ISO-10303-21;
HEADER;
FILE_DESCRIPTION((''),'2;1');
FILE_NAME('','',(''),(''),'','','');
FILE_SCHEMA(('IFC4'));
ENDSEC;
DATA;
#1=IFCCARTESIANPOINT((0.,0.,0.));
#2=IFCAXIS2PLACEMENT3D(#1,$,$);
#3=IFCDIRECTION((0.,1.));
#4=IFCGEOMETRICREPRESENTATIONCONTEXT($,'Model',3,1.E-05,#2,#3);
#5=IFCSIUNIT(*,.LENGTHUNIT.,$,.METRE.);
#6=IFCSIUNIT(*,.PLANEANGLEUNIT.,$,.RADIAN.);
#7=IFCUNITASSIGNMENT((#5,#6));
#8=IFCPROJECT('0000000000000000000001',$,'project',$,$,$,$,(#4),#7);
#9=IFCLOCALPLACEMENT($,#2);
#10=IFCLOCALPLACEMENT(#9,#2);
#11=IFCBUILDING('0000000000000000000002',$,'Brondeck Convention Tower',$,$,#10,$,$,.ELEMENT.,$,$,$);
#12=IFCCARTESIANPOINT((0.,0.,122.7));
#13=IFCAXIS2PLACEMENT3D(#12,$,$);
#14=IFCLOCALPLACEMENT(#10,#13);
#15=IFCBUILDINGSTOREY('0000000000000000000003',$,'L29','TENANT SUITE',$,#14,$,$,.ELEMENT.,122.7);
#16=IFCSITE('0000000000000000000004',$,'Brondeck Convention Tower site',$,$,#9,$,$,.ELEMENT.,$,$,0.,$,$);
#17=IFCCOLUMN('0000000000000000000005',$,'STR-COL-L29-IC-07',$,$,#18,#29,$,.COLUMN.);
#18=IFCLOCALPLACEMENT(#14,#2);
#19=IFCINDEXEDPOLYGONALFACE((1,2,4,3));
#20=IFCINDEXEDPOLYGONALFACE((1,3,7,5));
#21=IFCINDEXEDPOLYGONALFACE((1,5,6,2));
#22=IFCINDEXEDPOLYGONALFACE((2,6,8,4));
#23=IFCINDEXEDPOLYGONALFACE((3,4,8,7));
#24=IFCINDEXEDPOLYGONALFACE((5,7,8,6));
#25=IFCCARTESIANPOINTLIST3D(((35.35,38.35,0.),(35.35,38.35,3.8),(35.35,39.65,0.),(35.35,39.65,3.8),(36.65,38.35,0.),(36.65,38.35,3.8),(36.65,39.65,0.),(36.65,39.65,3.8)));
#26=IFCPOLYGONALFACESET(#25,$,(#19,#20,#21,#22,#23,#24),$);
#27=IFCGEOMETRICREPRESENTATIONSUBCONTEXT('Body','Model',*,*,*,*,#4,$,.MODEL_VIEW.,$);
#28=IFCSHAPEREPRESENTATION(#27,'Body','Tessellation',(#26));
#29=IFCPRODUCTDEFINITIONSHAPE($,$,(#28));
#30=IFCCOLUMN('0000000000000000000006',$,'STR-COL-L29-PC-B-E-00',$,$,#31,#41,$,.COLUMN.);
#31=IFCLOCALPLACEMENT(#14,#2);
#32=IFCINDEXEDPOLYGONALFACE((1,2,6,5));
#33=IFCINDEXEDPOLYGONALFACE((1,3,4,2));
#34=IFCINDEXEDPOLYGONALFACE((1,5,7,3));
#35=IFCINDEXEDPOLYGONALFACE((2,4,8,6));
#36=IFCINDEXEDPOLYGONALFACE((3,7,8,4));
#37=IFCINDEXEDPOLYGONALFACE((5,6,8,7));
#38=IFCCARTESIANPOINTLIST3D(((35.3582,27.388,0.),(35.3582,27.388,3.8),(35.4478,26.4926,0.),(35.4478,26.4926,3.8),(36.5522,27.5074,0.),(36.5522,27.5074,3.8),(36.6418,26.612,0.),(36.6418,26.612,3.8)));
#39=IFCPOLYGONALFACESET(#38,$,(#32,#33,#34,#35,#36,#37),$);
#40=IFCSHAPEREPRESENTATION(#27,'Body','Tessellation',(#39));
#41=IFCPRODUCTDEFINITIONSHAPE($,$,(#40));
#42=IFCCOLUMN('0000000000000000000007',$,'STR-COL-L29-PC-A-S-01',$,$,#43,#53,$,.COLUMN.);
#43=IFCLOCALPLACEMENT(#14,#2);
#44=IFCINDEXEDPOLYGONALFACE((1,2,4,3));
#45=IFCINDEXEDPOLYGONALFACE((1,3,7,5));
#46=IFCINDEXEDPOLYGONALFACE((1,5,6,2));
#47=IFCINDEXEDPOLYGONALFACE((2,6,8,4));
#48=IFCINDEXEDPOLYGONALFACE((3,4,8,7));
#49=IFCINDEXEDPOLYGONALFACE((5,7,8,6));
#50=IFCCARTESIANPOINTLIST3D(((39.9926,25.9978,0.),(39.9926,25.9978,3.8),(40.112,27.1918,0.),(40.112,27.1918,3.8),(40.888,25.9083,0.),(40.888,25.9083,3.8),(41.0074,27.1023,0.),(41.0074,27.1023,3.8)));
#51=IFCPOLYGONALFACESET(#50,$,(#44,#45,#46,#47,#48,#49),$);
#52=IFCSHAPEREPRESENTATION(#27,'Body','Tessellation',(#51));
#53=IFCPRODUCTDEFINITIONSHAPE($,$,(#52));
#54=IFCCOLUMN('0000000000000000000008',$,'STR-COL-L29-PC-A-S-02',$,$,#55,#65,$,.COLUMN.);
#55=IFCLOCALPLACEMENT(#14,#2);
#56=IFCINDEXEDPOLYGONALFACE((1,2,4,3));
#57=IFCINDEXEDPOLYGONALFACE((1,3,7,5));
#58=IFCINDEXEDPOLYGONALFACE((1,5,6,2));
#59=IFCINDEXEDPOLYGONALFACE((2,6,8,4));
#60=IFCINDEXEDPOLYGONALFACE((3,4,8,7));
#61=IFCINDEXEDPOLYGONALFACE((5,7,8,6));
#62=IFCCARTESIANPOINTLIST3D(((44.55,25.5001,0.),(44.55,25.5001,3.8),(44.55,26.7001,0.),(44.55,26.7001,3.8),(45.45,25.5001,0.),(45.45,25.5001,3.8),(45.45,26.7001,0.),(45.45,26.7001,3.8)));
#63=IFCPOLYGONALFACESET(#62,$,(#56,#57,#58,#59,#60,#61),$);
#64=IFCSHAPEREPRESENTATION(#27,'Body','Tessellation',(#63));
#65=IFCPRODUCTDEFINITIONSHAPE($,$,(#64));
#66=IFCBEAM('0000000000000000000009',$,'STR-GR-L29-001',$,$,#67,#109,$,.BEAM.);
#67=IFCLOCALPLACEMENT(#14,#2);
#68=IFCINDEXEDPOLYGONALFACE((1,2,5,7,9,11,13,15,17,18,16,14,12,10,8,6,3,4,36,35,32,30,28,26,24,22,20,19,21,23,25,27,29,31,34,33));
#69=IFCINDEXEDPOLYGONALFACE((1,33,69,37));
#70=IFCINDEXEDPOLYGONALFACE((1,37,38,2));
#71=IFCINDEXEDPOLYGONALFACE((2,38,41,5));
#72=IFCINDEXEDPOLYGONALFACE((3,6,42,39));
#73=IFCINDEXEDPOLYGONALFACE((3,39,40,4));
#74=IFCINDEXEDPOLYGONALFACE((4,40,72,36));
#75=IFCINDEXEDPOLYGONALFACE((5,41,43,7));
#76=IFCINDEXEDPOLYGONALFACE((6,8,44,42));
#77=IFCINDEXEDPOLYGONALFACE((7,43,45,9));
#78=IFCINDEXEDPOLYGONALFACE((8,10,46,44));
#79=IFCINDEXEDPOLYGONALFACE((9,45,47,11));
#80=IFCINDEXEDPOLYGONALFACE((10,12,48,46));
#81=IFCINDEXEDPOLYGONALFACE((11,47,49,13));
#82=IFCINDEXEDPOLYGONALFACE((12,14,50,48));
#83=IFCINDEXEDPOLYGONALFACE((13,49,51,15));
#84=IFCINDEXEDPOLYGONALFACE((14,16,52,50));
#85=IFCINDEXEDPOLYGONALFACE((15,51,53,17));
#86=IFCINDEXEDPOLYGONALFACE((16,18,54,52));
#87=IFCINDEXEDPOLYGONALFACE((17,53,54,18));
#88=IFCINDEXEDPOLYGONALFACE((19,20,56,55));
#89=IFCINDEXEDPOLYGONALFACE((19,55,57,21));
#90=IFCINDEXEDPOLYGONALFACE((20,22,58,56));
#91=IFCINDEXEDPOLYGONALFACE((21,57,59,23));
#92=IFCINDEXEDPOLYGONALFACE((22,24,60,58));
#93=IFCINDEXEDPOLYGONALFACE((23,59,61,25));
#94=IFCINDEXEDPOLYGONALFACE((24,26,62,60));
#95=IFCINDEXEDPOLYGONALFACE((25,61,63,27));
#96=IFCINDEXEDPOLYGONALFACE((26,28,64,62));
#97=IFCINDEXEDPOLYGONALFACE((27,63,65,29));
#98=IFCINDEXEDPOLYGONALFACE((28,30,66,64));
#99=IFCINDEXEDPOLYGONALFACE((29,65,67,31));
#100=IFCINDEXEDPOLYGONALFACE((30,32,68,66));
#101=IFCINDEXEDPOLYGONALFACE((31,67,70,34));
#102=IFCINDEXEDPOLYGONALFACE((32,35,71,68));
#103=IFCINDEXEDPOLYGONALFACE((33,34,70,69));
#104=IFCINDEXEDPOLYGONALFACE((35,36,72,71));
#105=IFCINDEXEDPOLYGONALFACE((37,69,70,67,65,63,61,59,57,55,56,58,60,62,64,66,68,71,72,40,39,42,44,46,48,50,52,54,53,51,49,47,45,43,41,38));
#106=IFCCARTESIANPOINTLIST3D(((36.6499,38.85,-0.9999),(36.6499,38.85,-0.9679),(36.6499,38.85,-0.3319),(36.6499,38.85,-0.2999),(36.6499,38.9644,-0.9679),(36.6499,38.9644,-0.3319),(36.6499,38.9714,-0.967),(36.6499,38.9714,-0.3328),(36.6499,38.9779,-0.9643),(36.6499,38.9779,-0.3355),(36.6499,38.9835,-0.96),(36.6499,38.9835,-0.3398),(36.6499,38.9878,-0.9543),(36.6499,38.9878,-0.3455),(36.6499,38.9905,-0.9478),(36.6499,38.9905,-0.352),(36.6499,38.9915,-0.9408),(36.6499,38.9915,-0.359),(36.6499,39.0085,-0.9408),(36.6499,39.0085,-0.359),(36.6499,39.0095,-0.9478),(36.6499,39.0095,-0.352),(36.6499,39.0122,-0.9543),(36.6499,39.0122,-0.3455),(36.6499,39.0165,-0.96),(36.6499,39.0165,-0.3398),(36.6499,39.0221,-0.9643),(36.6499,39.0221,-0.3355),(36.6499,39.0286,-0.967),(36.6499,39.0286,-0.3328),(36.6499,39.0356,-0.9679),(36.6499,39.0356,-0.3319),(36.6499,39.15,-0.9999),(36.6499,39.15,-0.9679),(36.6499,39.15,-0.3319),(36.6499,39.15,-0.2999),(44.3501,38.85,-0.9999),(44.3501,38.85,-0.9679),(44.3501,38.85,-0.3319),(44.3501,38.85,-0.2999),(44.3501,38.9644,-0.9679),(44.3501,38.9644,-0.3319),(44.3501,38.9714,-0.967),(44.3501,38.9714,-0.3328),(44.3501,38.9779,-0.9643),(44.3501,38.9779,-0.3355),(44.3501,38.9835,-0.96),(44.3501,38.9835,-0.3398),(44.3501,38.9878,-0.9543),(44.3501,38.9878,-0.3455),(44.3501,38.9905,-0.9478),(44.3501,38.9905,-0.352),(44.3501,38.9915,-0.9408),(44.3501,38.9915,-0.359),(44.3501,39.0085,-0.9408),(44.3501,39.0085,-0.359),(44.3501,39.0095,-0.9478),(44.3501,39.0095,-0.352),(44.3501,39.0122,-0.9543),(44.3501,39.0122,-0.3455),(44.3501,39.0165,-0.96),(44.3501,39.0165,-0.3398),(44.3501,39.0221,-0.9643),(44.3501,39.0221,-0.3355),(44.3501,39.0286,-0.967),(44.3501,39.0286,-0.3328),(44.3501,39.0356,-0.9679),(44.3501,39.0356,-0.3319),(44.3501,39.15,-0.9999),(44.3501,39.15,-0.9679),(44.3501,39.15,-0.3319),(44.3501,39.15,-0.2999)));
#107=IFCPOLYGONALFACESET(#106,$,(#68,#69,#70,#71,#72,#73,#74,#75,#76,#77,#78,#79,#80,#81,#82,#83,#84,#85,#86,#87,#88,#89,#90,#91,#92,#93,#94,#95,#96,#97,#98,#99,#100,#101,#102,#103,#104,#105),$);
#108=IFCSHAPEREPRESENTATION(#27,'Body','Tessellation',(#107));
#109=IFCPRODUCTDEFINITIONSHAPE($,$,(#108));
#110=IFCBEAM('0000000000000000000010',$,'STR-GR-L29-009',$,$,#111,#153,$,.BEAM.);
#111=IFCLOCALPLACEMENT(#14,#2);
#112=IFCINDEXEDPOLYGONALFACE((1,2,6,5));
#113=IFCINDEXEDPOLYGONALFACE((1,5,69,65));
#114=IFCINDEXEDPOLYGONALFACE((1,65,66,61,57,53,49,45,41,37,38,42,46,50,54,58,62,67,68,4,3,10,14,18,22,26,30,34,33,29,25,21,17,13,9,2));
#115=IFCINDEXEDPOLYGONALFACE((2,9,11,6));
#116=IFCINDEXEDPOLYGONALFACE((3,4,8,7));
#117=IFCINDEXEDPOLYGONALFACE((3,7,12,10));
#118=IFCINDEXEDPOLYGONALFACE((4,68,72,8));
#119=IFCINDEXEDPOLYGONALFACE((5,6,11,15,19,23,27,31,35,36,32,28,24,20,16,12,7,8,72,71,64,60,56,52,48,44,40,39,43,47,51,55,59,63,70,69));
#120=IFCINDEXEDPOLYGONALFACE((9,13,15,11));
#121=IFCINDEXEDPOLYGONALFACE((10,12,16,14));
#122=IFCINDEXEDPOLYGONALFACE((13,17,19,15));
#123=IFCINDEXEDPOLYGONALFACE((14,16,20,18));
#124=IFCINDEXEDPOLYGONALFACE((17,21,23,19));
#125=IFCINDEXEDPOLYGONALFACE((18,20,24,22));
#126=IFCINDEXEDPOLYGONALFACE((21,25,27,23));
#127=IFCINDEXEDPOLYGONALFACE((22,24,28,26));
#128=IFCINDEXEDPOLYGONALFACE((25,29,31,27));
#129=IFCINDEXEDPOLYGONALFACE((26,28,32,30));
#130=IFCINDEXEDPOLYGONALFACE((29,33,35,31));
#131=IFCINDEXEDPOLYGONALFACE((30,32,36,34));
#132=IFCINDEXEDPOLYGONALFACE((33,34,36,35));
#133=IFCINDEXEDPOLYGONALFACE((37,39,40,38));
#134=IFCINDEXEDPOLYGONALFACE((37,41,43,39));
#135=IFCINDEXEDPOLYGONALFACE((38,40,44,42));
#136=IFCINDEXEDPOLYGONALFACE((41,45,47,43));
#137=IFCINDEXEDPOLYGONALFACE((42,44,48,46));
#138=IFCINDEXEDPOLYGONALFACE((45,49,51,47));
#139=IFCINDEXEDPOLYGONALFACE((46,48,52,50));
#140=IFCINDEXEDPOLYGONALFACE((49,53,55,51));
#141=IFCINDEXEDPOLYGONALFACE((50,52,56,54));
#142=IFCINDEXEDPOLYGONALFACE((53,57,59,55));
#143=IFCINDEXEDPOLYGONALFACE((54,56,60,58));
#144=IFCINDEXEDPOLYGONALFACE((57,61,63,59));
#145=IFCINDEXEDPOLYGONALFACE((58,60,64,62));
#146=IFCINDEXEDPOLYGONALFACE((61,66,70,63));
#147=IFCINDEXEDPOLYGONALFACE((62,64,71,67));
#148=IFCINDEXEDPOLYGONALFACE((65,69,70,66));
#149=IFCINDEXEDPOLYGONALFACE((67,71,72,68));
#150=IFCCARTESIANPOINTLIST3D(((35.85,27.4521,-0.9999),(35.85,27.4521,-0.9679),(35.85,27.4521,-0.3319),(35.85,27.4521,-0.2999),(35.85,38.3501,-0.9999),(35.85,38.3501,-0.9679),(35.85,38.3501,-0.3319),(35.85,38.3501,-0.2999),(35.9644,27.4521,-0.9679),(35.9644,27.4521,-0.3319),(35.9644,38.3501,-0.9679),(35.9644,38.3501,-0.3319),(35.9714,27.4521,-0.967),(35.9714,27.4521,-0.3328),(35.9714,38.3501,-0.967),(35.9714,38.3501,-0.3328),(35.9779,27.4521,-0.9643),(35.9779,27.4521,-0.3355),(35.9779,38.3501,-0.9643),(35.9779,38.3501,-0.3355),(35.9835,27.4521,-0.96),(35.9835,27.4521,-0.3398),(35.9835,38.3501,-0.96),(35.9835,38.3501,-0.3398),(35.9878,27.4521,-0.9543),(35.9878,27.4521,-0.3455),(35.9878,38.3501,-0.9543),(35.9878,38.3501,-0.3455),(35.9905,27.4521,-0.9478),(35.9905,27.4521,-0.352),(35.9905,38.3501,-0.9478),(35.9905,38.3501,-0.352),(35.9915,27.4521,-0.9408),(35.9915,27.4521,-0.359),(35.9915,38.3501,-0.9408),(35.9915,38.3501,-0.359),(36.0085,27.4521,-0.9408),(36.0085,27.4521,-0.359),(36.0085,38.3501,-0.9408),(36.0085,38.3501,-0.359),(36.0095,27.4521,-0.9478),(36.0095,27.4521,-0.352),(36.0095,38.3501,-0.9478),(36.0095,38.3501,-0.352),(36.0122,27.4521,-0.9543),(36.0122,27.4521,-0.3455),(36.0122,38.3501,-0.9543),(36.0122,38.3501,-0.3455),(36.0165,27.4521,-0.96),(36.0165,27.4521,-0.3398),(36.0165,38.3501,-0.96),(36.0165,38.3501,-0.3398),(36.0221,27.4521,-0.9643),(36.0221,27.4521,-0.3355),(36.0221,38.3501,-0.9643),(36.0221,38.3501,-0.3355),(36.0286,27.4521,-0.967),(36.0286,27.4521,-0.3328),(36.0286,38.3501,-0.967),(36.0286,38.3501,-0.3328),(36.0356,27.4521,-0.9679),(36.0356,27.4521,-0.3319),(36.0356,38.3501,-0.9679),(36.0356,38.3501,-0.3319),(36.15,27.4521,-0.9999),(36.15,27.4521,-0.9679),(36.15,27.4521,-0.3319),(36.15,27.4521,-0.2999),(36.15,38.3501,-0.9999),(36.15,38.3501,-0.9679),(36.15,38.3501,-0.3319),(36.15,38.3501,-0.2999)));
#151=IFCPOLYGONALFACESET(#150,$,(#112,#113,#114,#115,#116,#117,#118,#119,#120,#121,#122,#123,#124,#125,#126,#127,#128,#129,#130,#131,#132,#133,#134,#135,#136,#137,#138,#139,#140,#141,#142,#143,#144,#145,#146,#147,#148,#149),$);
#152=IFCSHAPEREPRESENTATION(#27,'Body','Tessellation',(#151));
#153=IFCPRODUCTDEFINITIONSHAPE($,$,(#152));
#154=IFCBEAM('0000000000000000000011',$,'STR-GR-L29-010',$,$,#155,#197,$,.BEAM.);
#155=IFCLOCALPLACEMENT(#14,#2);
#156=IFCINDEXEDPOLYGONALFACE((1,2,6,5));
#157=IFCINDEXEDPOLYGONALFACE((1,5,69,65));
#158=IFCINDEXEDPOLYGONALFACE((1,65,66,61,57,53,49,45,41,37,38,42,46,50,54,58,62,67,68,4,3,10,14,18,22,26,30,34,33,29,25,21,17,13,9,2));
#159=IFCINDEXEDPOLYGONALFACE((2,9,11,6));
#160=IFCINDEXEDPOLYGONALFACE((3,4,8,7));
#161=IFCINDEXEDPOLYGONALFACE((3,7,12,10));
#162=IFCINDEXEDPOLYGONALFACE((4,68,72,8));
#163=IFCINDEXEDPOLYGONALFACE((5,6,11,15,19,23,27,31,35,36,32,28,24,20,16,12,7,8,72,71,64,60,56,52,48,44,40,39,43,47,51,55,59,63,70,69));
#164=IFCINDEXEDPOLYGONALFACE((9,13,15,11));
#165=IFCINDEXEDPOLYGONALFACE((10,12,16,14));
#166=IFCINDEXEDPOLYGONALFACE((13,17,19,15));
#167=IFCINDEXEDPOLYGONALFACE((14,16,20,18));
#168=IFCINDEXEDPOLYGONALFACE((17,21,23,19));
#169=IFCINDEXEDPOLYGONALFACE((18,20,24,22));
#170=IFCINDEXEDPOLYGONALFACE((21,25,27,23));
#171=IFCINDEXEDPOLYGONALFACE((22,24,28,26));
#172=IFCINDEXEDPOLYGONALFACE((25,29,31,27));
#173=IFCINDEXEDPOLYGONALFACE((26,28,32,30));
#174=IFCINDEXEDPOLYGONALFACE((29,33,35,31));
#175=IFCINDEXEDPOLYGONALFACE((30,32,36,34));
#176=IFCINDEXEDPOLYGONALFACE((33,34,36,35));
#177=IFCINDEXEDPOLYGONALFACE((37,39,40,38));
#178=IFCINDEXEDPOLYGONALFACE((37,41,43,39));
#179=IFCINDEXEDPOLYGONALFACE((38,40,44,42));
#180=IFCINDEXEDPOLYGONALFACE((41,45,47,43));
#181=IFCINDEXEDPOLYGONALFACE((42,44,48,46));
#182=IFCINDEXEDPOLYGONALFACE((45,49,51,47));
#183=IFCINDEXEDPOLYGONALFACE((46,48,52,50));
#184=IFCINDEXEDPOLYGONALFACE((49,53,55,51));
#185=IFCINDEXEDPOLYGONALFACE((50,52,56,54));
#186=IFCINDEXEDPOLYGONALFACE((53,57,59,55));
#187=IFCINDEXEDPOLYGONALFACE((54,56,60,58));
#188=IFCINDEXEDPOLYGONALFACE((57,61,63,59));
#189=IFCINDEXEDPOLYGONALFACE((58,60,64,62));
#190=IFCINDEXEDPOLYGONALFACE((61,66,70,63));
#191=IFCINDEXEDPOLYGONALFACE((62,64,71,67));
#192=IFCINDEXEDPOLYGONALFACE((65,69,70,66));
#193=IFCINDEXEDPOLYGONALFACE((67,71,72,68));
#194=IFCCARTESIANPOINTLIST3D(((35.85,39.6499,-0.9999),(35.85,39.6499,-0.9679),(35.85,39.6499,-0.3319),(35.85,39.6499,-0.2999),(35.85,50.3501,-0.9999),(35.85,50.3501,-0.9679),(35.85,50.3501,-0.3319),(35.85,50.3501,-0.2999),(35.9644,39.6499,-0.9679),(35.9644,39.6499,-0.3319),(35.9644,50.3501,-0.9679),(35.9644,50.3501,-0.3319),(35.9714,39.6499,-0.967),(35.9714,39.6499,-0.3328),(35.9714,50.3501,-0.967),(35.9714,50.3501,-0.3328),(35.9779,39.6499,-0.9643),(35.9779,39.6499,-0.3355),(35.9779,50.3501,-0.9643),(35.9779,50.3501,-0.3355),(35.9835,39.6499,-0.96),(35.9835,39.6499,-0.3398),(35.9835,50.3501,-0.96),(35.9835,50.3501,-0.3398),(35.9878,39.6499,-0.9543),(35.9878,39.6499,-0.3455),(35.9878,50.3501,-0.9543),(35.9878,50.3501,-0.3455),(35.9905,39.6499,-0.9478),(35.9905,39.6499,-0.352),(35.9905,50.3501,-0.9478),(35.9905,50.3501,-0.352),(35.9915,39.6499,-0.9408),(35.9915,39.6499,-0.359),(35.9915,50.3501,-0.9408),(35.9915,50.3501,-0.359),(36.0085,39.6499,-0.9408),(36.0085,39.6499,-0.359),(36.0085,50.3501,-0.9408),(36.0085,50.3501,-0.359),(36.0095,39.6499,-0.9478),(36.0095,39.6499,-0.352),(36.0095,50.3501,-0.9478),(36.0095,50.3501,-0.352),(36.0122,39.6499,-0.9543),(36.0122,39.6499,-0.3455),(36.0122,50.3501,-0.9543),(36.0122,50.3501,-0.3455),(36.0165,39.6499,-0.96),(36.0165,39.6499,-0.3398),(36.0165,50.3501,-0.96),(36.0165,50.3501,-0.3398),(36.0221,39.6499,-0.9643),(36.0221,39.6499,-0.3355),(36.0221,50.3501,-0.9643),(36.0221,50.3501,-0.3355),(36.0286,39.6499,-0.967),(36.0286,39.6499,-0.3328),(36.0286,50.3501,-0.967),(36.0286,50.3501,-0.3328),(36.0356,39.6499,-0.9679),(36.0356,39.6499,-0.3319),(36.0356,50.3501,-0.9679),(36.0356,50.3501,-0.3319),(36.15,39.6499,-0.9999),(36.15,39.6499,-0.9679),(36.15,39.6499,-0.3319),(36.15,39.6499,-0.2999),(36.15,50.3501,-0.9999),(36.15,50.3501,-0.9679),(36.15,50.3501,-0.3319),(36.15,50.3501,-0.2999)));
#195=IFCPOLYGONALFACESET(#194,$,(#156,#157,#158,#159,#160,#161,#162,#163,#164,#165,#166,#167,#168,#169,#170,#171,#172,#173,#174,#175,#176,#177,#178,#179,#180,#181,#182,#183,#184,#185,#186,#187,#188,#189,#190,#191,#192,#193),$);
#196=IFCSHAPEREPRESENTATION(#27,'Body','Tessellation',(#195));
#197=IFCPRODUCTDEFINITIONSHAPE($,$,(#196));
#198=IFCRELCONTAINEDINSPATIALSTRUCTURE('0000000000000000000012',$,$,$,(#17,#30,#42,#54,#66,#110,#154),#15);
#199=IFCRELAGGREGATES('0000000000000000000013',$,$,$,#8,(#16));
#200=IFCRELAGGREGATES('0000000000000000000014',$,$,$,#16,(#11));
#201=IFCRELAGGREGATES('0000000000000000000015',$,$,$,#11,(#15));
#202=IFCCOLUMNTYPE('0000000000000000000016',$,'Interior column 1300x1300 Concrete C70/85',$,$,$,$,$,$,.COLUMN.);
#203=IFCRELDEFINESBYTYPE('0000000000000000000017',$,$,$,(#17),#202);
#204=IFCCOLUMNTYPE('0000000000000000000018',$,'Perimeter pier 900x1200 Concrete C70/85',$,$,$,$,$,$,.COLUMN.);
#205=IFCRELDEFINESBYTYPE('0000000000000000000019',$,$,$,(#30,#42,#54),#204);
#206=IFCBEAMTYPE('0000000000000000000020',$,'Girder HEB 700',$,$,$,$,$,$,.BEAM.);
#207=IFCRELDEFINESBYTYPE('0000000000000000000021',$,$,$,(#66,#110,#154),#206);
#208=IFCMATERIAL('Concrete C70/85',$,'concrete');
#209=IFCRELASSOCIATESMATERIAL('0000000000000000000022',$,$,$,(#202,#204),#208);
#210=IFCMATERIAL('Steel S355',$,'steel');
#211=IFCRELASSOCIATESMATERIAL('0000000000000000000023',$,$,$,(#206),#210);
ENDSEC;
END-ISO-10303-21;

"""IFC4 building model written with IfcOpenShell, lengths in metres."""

from ifc_helpers import new_model, si_unit, direction, frame, origin, origin_2d, place, context, subcontext, project, spatial, rectangle, i_section, extrude, material, material_profile, profile_set, type_object, element, save


model = new_model("IFC4")

# Units and contexts
model_context = context("Model", 3, precision=1e-05, world=origin(), true_north=direction((0.0, 1.0)))
body_context = subcontext(model_context, "Body", "Model", "MODEL_VIEW")
ifc_project = project(units=[si_unit("LENGTHUNIT", "METRE"), si_unit("PLANEANGLEUNIT", "RADIAN")], contexts=[model_context])

# Site, building, storey
site_placement = place(None, origin())
site = spatial("IfcSite", under=ifc_project, at=site_placement, Name="Brondeck Convention Tower site", CompositionType="ELEMENT", RefElevation=0.0)
building_placement = place(site_placement, origin())
building = spatial("IfcBuilding", under=site, at=building_placement, Name="Brondeck Convention Tower", CompositionType="ELEMENT")
storey_placement = place(building_placement, frame((0.0, 0.0, 122.7)))
storey = spatial("IfcBuildingStorey", under=building, at=storey_placement, Name="L29", Description="TENANT SUITE", CompositionType="ELEMENT", Elevation=122.7)

# Columns
ifc_material_1 = material(Name="Concrete C70/85", Category="concrete")
ifc_material_profile_1 = material_profile(ifc_material_1, rectangle(XDim=1.3, YDim=1.3, at=origin_2d()), Name="Interior column 1300x1300 Concrete C70/85")
ifc_profile_set_1 = profile_set([ifc_material_profile_1], Name="Concrete C70/85")
column_type_1 = type_object("IfcColumnType", Name="Interior column 1300x1300 Concrete C70/85", PredefinedType="COLUMN", material=ifc_profile_set_1)
column_placement = place(storey_placement, frame((36.0, 39.0, 0.0), z_axis=(0.0, 0.0, 1.0), x_axis=(1.0, 0.0, 0.0)))
element("IfcColumn", 1, at=column_placement, inside=storey, type_object=column_type_1, Name="STR-COL-L29-IC-07", PredefinedType="COLUMN", context=body_context, shape_type="SweptSolid", body=[
    extrude(rectangle(XDim=1.3, YDim=1.3, at=origin_2d()), origin(), (0.0, 0.0, 1.0), 3.8),
])
ifc_material_profile_2 = material_profile(ifc_material_1, rectangle(XDim=0.8999, YDim=1.2, at=origin_2d()), Name="Perimeter pier 900x1200 Concrete C70/85")
ifc_profile_set_2 = profile_set([ifc_material_profile_2], Name="Concrete C70/85")
column_type_2 = type_object("IfcColumnType", Name="Perimeter pier 900x1200 Concrete C70/85", PredefinedType="COLUMN", material=ifc_profile_set_2)
for number, where, z_axis, x_axis, name in (
    (2, (36.0, 27.0, 0.0), (0.0, 0.0, 1.0), (-0.099504, 0.995037, 0.0), "STR-COL-L29-PC-B-E-00"),
    (3, (40.5, 26.55, 0.0), (0.0, 0.0, 1.0), (0.995037, -0.099504, 0.0), "STR-COL-L29-PC-A-S-01"),
    (4, (45.0, 26.1001, 0.0), (0.0, 0.0, 1.0), (1.0, 0.0, 0.0), "STR-COL-L29-PC-A-S-02"),
):
    element("IfcColumn", number, at=place(storey_placement, frame(where, z_axis=z_axis, x_axis=x_axis)), inside=storey, type_object=column_type_2, Name=name, PredefinedType="COLUMN", context=body_context, shape_type="SweptSolid", body=[
        extrude(rectangle(XDim=0.8999, YDim=1.2, at=origin_2d()), origin(), (0.0, 0.0, 1.0), 3.8),
    ])

# Beams
ifc_material_2 = material(Name="Steel S355", Category="steel")
ifc_material_profile_3 = material_profile(ifc_material_2, i_section(OverallWidth=0.3, OverallDepth=0.7, WebThickness=0.0171, FlangeThickness=0.032, FilletRadius=0.0271, at=origin_2d()), Name="HEB 700")
ifc_profile_set_3 = profile_set([ifc_material_profile_3], Name="Steel S355")
beam_type_1 = type_object("IfcBeamType", Name="Girder HEB 700", PredefinedType="BEAM", material=ifc_profile_set_3)
beam_1_placement = place(storey_placement, frame((36.6499, 39.0, -0.6499), z_axis=(1.0, 0.0, 0.0), x_axis=(0.0, 1.0, 0.0)))
element("IfcBeam", 5, at=beam_1_placement, inside=storey, type_object=beam_type_1, Name="STR-GR-L29-001", PredefinedType="BEAM", context=body_context, shape_type="SweptSolid", body=[
    extrude(i_section(OverallWidth=0.3, OverallDepth=0.7, WebThickness=0.0171, FlangeThickness=0.032, FilletRadius=0.0271, at=origin_2d()), origin(), (0.0, 0.0, 1.0), 7.7002),
])
beam_2_placement = place(storey_placement, frame((36.0, 27.4521, -0.6499), z_axis=(0.0, 1.0, 0.0), x_axis=(-1.0, 0.0, 0.0)))
element("IfcBeam", 6, at=beam_2_placement, inside=storey, type_object=beam_type_1, Name="STR-GR-L29-009", PredefinedType="BEAM", context=body_context, shape_type="SweptSolid", body=[
    extrude(i_section(OverallWidth=0.3, OverallDepth=0.7, WebThickness=0.0171, FlangeThickness=0.032, FilletRadius=0.0271, at=origin_2d()), origin(), (0.0, 0.0, 1.0), 10.8979),
])
beam_3_placement = place(storey_placement, frame((36.0, 39.6499, -0.6499), z_axis=(0.0, 1.0, 0.0), x_axis=(-1.0, 0.0, 0.0)))
element("IfcBeam", 7, at=beam_3_placement, inside=storey, type_object=beam_type_1, Name="STR-GR-L29-010", PredefinedType="BEAM", context=body_context, shape_type="SweptSolid", body=[
    extrude(i_section(OverallWidth=0.3, OverallDepth=0.7, WebThickness=0.0171, FlangeThickness=0.032, FilletRadius=0.0271, at=origin_2d()), origin(), (0.0, 0.0, 1.0), 10.7002),
])

save(model, "model.ifc")
